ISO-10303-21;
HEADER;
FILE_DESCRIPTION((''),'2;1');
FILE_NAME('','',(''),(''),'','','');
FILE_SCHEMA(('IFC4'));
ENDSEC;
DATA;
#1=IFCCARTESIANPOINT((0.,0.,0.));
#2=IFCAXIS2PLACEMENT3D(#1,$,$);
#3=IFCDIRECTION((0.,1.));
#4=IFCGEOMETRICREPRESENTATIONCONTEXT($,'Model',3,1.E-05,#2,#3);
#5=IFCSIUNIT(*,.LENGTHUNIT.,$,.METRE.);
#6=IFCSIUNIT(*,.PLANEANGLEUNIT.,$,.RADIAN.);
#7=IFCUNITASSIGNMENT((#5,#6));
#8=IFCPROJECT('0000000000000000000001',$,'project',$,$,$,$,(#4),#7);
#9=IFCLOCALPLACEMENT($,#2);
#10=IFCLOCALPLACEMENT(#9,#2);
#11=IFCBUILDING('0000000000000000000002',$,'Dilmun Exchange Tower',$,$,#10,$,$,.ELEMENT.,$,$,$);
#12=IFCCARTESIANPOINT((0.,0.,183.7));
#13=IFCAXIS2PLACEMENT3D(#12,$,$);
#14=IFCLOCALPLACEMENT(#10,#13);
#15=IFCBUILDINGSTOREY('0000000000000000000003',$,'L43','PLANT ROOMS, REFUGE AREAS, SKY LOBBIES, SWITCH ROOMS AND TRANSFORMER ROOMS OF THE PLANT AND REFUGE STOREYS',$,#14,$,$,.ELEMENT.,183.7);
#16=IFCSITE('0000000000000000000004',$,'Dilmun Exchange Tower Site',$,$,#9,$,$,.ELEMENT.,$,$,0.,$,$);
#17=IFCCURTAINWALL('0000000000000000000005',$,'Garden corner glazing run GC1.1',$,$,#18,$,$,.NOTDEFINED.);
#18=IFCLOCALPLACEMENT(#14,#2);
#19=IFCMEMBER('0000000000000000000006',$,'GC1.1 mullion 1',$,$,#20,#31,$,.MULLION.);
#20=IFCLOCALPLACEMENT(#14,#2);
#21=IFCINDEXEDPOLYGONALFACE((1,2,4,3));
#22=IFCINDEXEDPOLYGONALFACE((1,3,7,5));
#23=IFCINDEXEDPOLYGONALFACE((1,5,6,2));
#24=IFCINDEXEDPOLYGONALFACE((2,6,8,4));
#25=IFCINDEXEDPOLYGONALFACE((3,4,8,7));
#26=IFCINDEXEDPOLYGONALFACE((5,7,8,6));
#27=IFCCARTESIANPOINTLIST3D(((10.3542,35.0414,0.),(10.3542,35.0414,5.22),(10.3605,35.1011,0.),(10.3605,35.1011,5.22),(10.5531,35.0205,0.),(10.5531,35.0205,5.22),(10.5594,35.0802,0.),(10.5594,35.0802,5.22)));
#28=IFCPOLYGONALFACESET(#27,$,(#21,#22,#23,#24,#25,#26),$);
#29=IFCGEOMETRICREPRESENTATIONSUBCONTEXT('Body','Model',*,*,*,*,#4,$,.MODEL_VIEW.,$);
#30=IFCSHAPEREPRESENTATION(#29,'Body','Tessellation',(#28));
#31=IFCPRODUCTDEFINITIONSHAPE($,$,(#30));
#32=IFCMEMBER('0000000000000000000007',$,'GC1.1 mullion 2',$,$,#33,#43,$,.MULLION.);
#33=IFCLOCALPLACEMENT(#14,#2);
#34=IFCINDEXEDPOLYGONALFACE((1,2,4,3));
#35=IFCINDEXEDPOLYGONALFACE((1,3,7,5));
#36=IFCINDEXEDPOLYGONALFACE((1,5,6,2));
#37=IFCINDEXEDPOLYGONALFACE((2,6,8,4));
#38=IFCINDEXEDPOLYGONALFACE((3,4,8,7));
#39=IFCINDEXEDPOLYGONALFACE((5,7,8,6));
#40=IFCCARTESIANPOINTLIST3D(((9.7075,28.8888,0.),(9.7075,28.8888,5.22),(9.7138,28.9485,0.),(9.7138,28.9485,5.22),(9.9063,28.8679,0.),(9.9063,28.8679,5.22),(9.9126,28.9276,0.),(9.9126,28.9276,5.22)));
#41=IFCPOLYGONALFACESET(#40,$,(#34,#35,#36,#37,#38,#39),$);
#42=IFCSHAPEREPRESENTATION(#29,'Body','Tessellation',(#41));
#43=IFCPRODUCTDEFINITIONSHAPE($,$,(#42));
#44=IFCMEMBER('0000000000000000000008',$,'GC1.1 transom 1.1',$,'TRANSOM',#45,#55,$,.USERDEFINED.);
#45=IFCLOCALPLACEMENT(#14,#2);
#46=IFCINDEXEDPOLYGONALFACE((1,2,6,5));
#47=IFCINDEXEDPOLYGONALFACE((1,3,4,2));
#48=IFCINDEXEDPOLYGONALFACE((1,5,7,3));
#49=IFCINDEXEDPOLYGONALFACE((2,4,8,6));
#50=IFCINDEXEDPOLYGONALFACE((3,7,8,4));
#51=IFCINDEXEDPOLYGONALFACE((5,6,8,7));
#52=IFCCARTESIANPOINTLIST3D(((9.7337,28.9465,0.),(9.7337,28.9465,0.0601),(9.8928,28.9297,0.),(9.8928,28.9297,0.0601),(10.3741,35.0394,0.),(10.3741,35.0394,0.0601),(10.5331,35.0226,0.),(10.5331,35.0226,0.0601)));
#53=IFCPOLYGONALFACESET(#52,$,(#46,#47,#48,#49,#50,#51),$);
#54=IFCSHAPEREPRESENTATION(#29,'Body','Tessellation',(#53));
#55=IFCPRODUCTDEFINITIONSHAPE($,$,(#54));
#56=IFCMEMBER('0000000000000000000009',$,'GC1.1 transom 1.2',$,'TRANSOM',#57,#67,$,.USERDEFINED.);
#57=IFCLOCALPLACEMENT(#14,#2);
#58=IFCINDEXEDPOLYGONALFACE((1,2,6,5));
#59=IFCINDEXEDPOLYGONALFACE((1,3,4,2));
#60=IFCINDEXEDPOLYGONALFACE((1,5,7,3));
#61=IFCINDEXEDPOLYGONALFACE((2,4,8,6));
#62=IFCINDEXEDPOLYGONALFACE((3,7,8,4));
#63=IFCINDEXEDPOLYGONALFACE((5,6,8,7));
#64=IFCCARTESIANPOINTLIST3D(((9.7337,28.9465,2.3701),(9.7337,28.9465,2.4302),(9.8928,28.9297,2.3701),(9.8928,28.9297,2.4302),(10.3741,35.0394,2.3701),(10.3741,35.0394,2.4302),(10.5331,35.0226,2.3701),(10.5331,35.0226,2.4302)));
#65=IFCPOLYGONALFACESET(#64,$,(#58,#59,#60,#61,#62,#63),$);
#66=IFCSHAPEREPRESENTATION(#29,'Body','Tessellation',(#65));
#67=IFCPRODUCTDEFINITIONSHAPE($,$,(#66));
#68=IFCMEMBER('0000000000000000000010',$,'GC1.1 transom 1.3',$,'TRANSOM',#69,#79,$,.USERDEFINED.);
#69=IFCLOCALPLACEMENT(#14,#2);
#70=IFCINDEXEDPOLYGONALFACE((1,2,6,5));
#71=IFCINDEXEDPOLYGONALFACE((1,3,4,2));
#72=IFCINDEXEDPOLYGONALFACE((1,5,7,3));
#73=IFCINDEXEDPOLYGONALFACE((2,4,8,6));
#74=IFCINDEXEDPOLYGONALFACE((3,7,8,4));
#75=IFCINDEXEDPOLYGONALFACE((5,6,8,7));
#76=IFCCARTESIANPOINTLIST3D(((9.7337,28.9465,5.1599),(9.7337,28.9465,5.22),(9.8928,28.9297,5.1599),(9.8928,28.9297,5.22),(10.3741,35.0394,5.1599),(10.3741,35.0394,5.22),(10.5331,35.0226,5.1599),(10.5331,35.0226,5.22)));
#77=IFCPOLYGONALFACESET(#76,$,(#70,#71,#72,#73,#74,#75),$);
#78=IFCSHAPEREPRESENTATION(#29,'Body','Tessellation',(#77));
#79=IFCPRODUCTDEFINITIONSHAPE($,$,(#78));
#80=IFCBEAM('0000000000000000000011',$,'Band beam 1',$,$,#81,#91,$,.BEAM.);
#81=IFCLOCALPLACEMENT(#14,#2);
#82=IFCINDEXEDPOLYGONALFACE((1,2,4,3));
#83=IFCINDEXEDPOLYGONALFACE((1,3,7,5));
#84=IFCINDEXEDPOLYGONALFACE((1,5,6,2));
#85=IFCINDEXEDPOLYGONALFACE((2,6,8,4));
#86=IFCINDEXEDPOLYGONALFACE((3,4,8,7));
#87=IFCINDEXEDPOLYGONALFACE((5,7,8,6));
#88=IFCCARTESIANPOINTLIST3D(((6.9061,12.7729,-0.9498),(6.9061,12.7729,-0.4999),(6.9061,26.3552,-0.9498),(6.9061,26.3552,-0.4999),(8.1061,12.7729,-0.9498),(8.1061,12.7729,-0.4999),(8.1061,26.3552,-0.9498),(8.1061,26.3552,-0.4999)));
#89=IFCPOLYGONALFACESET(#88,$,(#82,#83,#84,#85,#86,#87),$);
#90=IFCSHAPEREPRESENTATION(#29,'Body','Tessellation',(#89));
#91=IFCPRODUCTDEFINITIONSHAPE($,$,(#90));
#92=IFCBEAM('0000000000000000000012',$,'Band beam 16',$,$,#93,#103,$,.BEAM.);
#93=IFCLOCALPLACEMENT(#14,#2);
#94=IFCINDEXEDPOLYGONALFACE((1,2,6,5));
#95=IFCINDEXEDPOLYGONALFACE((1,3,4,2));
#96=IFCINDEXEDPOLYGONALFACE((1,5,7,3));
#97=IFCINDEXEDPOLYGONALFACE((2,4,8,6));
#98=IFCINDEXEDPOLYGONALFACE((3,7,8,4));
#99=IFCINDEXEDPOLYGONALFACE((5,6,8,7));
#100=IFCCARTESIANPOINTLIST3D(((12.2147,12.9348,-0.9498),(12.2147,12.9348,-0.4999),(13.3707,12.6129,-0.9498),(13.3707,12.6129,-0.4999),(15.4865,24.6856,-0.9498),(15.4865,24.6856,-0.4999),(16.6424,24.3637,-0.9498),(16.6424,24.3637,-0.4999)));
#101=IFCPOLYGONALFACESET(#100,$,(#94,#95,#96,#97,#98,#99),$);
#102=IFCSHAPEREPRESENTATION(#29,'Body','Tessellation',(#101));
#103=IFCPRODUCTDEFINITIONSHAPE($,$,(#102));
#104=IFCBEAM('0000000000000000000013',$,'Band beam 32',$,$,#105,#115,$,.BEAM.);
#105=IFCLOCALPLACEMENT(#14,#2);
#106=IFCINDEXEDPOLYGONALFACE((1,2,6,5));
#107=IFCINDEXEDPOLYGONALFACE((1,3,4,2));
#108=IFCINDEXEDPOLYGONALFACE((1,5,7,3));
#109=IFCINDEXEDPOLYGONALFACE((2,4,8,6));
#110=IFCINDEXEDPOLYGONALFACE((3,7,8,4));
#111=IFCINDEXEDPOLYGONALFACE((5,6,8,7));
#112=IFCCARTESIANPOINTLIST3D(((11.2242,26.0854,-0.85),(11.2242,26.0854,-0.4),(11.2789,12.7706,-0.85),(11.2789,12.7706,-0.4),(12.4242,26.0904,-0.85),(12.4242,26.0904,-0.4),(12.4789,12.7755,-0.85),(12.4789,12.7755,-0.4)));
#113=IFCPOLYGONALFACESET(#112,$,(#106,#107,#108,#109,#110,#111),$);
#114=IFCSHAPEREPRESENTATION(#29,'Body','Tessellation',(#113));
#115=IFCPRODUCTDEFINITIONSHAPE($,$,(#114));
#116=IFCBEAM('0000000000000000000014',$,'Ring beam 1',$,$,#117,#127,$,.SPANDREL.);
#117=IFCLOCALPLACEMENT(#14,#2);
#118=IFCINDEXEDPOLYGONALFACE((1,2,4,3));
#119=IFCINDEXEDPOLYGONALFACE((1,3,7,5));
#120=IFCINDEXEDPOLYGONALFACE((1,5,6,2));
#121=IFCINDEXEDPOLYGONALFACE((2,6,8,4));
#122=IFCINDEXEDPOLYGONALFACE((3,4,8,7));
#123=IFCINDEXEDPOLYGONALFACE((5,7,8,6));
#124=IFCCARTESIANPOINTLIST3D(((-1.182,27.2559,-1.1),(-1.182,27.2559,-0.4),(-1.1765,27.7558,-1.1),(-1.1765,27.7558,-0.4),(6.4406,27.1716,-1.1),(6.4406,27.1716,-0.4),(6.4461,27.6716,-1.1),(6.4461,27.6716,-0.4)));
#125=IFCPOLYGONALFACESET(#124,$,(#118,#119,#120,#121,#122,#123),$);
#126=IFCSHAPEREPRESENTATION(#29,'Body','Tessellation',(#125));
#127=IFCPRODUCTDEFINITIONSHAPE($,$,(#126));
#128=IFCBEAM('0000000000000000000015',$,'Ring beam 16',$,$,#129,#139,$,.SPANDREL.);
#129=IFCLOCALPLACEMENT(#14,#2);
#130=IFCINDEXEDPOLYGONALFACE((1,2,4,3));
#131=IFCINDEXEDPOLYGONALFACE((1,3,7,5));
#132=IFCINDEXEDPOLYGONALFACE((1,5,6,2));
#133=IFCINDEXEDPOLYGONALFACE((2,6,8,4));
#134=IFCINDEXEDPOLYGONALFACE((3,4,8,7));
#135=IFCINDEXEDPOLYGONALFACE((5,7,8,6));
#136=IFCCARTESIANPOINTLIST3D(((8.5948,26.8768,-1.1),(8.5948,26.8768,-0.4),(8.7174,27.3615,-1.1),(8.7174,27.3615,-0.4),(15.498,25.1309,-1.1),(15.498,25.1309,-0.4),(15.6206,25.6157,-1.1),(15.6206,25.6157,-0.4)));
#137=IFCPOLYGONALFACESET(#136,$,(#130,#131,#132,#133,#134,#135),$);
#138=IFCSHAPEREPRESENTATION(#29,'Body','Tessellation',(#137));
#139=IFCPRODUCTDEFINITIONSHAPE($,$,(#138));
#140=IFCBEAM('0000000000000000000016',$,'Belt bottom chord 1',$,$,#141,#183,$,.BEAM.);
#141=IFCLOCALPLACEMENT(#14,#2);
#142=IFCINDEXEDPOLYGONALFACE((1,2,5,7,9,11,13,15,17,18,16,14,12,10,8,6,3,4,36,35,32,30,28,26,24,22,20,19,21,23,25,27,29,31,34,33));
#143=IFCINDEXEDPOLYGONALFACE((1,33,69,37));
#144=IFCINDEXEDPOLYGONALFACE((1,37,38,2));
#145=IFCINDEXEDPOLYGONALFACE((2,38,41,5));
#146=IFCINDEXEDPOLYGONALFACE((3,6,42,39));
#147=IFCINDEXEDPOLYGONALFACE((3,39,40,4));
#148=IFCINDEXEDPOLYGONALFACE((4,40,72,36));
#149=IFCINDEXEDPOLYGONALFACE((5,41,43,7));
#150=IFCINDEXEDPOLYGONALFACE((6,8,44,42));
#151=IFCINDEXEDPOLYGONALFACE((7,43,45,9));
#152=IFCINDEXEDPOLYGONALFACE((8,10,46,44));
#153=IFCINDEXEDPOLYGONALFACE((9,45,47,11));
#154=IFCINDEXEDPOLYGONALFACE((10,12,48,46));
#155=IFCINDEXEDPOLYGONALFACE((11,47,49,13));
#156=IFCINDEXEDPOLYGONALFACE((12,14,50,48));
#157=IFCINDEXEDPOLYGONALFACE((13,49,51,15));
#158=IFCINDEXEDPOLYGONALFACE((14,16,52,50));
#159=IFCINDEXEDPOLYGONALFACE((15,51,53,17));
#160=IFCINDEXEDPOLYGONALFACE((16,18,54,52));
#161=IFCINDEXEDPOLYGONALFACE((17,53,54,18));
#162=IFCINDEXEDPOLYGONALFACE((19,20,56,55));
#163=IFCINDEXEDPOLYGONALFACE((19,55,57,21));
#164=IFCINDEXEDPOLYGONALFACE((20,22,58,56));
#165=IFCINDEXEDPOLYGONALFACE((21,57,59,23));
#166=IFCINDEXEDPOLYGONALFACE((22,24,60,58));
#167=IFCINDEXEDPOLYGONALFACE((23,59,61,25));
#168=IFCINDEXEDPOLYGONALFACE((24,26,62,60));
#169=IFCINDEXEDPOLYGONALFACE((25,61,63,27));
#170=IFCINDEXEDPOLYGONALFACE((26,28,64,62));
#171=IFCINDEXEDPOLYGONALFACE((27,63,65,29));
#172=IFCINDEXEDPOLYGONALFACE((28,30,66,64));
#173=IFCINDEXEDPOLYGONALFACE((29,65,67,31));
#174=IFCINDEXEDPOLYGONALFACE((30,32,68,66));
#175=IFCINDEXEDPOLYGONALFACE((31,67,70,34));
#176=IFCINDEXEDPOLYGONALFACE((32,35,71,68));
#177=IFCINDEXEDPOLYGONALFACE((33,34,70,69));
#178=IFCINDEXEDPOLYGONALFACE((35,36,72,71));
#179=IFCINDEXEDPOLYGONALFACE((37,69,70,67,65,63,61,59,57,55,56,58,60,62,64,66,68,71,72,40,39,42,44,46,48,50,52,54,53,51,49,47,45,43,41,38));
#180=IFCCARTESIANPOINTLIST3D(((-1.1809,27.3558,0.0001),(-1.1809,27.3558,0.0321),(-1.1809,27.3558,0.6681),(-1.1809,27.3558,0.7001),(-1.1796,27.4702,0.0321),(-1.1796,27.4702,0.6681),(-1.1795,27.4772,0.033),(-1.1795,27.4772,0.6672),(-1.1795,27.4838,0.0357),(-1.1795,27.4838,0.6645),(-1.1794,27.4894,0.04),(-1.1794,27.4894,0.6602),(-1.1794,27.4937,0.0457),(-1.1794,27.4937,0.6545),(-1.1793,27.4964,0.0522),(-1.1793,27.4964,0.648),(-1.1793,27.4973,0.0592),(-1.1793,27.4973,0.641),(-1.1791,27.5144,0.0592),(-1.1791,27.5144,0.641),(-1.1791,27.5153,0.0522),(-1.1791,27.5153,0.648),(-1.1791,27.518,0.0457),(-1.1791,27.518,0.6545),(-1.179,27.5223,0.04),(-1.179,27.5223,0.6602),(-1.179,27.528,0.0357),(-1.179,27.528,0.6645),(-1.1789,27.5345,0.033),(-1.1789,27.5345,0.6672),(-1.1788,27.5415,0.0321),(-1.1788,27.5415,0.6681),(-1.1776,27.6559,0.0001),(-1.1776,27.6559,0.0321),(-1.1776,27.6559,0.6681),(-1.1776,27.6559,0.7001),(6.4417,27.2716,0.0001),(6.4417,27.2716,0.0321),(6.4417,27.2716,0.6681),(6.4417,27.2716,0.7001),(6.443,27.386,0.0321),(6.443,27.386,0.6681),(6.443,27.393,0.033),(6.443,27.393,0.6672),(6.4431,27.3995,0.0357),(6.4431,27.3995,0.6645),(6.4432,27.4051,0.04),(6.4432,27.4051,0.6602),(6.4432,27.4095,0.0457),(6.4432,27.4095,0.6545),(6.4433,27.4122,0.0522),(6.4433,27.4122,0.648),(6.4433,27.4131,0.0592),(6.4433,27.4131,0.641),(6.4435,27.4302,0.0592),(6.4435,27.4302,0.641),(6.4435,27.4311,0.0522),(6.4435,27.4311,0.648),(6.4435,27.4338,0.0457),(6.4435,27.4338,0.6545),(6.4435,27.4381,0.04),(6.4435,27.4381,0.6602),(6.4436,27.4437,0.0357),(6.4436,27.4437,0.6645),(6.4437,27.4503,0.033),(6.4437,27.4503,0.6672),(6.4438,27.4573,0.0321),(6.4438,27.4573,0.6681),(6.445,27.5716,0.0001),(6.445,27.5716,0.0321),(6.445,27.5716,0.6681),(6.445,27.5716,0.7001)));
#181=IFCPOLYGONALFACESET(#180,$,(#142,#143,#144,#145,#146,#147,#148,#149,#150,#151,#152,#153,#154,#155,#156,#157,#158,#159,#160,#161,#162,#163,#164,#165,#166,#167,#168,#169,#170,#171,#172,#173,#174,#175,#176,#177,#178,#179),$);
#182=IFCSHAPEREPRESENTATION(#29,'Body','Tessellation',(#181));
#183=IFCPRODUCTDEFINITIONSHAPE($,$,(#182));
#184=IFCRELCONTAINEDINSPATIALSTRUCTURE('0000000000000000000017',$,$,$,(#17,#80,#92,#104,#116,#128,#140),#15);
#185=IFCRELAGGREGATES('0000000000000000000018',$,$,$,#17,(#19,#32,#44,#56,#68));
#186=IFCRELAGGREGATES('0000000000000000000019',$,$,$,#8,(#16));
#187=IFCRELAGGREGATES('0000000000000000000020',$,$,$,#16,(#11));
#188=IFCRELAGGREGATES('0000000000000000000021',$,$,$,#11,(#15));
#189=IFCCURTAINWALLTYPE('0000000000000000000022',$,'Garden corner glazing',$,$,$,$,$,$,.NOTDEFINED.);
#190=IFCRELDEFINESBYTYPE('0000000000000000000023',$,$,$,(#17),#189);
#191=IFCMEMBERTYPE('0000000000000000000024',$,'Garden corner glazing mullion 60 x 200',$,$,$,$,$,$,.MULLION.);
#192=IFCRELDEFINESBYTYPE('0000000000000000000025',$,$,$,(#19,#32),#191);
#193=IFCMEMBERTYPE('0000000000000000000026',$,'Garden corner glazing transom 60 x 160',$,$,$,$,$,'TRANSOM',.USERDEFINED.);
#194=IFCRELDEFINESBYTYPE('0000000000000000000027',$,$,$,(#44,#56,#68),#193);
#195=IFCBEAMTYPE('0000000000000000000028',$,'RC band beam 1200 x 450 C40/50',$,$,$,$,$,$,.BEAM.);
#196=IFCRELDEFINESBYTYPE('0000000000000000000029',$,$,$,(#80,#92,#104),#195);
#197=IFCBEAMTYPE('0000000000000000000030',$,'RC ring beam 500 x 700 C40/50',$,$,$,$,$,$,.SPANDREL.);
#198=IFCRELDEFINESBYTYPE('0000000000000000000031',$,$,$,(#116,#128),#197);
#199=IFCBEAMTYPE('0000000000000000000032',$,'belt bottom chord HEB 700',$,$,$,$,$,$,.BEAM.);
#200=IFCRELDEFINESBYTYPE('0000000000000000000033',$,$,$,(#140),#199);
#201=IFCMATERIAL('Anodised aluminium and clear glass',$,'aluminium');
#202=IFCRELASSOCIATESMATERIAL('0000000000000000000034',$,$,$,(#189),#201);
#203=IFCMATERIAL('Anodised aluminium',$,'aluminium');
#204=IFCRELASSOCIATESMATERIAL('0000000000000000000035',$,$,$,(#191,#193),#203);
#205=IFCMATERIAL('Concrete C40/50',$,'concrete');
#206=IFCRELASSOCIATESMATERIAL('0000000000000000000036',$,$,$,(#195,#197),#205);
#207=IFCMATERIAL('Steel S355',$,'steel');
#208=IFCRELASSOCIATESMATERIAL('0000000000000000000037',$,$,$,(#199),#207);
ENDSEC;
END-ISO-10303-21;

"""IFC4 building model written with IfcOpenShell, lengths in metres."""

from ifc_helpers import new_model, si_unit, direction, frame, origin, origin_2d, place, context, subcontext, project, spatial, rectangle, i_section, extrude, material, material_profile, profile_set, type_object, element, aggregate, save


model = new_model("IFC4")

# Units and contexts
model_context = context("Model", 3, precision=1e-05, world=origin(), true_north=direction((0.0, 1.0)))
body_context = subcontext(model_context, "Body", "Model", "MODEL_VIEW")
ifc_project = project(units=[si_unit("LENGTHUNIT", "METRE"), si_unit("PLANEANGLEUNIT", "RADIAN")], contexts=[model_context])

# Site, building, storey
site_placement = place(None, origin())
site = spatial("IfcSite", under=ifc_project, at=site_placement, Name="Dilmun Exchange Tower Site", CompositionType="ELEMENT", RefElevation=0.0)
building_placement = place(site_placement, origin())
building = spatial("IfcBuilding", under=site, at=building_placement, Name="Dilmun Exchange Tower", CompositionType="ELEMENT")
storey_placement = place(building_placement, frame((0.0, 0.0, 183.7)))
storey = spatial("IfcBuildingStorey", under=building, at=storey_placement, Name="L43", Description="PLANT ROOMS, REFUGE AREAS, SKY LOBBIES, SWITCH ROOMS AND TRANSFORMER ROOMS OF THE PLANT AND REFUGE STOREYS", CompositionType="ELEMENT", Elevation=183.7)

# Curtain wall, members
ifc_material_1 = material(Name="Anodised aluminium and clear glass", Category="aluminium")
curtain_wall_type = type_object("IfcCurtainWallType", Name="Garden corner glazing", PredefinedType="NOTDEFINED", material=ifc_material_1)
curtain_wall_placement = place(storey_placement, origin())
curtain_wall = element("IfcCurtainWall", 1, at=curtain_wall_placement, inside=storey, type_object=curtain_wall_type, Name="Garden corner glazing run GC1.1", PredefinedType="NOTDEFINED")
ifc_material_2 = material(Name="Anodised aluminium", Category="aluminium")
ifc_material_profile_1 = material_profile(ifc_material_2, rectangle(XDim=0.2, YDim=0.0601, at=origin_2d()), Name="AL 60x200")
ifc_profile_set_1 = profile_set([ifc_material_profile_1], Name="Anodised aluminium")
member_type_1 = type_object("IfcMemberType", Name="Garden corner glazing mullion 60 x 200", PredefinedType="MULLION", material=ifc_profile_set_1)
member_1_placement = place(storey_placement, frame((10.4568, 35.0608, 0.0), z_axis=(0.0, 0.0, 1.0), x_axis=(0.994522, -0.104524, 0.0)))
member_1 = element("IfcMember", 2, at=member_1_placement, type_object=member_type_1, Name="GC1.1 mullion 1", PredefinedType="MULLION", context=body_context, shape_type="SweptSolid", body=[
    extrude(rectangle(XDim=0.2, YDim=0.0601, at=origin_2d()), origin(), (0.0, 0.0, 1.0), 5.22),
])
member_2_placement = place(storey_placement, frame((9.8101, 28.9082, 0.0), z_axis=(0.0, 0.0, 1.0), x_axis=(0.994522, -0.104524, 0.0)))
member_2 = element("IfcMember", 3, at=member_2_placement, type_object=member_type_1, Name="GC1.1 mullion 2", PredefinedType="MULLION", context=body_context, shape_type="SweptSolid", body=[
    extrude(rectangle(XDim=0.2, YDim=0.0601, at=origin_2d()), origin(), (0.0, 0.0, 1.0), 5.22),
])
ifc_material_profile_2 = material_profile(ifc_material_2, rectangle(XDim=0.1599, YDim=0.0601, at=origin_2d()), Name="AL 60x160")
ifc_profile_set_2 = profile_set([ifc_material_profile_2], Name="Anodised aluminium")
member_type_2 = type_object("IfcMemberType", Name="Garden corner glazing transom 60 x 160", ElementType="TRANSOM", PredefinedType="USERDEFINED", material=ifc_profile_set_2)
member_3_placement = place(storey_placement, frame((10.4536, 35.031, 0.03), z_axis=(-0.104525, -0.994522, 0.0), x_axis=(0.994522, -0.104525, 0.0)))
member_3 = element("IfcMember", 4, at=member_3_placement, type_object=member_type_2, Name="GC1.1 transom 1.1", ObjectType="TRANSOM", PredefinedType="USERDEFINED", context=body_context, shape_type="SweptSolid", body=[
    extrude(rectangle(XDim=0.1599, YDim=0.0601, at=origin_2d()), origin(), (0.0, 0.0, 1.0), 6.1265),
])
member_4_placement = place(storey_placement, frame((10.4536, 35.031, 2.4001), z_axis=(-0.104525, -0.994522, 0.0), x_axis=(0.994522, -0.104525, 0.0)))
member_4 = element("IfcMember", 5, at=member_4_placement, type_object=member_type_2, Name="GC1.1 transom 1.2", ObjectType="TRANSOM", PredefinedType="USERDEFINED", context=body_context, shape_type="SweptSolid", body=[
    extrude(rectangle(XDim=0.1599, YDim=0.0601, at=origin_2d()), origin(), (0.0, 0.0, 1.0), 6.1265),
])
member_5_placement = place(storey_placement, frame((10.4536, 35.031, 5.1899), z_axis=(-0.104525, -0.994522, 0.0), x_axis=(0.994522, -0.104525, 0.0)))
member_5 = element("IfcMember", 6, at=member_5_placement, type_object=member_type_2, Name="GC1.1 transom 1.3", ObjectType="TRANSOM", PredefinedType="USERDEFINED", context=body_context, shape_type="SweptSolid", body=[
    extrude(rectangle(XDim=0.1599, YDim=0.0601, at=origin_2d()), origin(), (0.0, 0.0, 1.0), 6.1265),
])

# Beams
ifc_material_3 = material(Name="Concrete C40/50", Category="concrete")
ifc_material_profile_3 = material_profile(ifc_material_3, rectangle(XDim=1.2, YDim=0.45, at=origin_2d()), Name="1200 x 450")
ifc_profile_set_3 = profile_set([ifc_material_profile_3], Name="Concrete C40/50")
beam_type_1 = type_object("IfcBeamType", Name="RC band beam 1200 x 450 C40/50", PredefinedType="BEAM", material=ifc_profile_set_3)
beam_1_placement = place(storey_placement, frame((7.5061, 26.3552, -0.7249), z_axis=(0.0, -1.0, 0.0), x_axis=(1.0, 0.0, 0.0)))
element("IfcBeam", 7, at=beam_1_placement, inside=storey, type_object=beam_type_1, Name="Band beam 1", PredefinedType="BEAM", context=body_context, shape_type="SweptSolid", body=[
    extrude(rectangle(XDim=1.2, YDim=0.45, at=origin_2d()), origin(), (0.0, 0.0, 1.0), 13.5823),
])
beam_2_placement = place(storey_placement, frame((16.0645, 24.5247, -0.7249), z_axis=(-0.268225, -0.963356, 0.0), x_axis=(0.963356, -0.268225, 0.0)))
element("IfcBeam", 8, at=beam_2_placement, inside=storey, type_object=beam_type_1, Name="Band beam 16", PredefinedType="BEAM", context=body_context, shape_type="SweptSolid", body=[
    extrude(rectangle(XDim=1.2, YDim=0.45, at=origin_2d()), origin(), (0.0, 0.0, 1.0), 12.1978),
])
beam_3_placement = place(storey_placement, frame((11.8242, 26.0879, -0.625), z_axis=(0.004107, -0.999992, 0.0), x_axis=(0.999992, 0.004107, 0.0)))
element("IfcBeam", 9, at=beam_3_placement, inside=storey, type_object=beam_type_1, Name="Band beam 32", PredefinedType="BEAM", context=body_context, shape_type="SweptSolid", body=[
    extrude(rectangle(XDim=1.2, YDim=0.45, at=origin_2d()), origin(), (0.0, 0.0, 1.0), 13.3149),
])
ifc_material_profile_4 = material_profile(ifc_material_3, rectangle(XDim=0.5, YDim=0.7, at=origin_2d()), Name="500 x 700")
ifc_profile_set_4 = profile_set([ifc_material_profile_4], Name="Concrete C40/50")
beam_type_2 = type_object("IfcBeamType", Name="RC ring beam 500 x 700 C40/50", PredefinedType="SPANDREL", material=ifc_profile_set_4)
beam_4_placement = place(storey_placement, frame((6.4434, 27.4216, -0.75), z_axis=(-0.999939, 0.011049, 0.0), x_axis=(-0.011049, -0.999939, 0.0)))
element("IfcBeam", 10, at=beam_4_placement, inside=storey, type_object=beam_type_2, Name="Ring beam 1", PredefinedType="SPANDREL", context=body_context, shape_type="SweptSolid", body=[
    extrude(rectangle(XDim=0.5, YDim=0.7, at=origin_2d()), origin(), (0.0, 0.0, 1.0), 7.623),
])
beam_5_placement = place(storey_placement, frame((15.5593, 25.3733, -0.75), z_axis=(-0.969477, 0.245181, 0.0), x_axis=(-0.245181, -0.969477, 0.0)))
element("IfcBeam", 11, at=beam_5_placement, inside=storey, type_object=beam_type_2, Name="Ring beam 16", PredefinedType="SPANDREL", context=body_context, shape_type="SweptSolid", body=[
    extrude(rectangle(XDim=0.5, YDim=0.7, at=origin_2d()), origin(), (0.0, 0.0, 1.0), 7.1206),
])
ifc_material_4 = material(Name="Steel S355", Category="steel")
ifc_material_profile_5 = material_profile(ifc_material_4, i_section(OverallWidth=0.3, OverallDepth=0.7, WebThickness=0.0171, FlangeThickness=0.032, FilletRadius=0.0271, at=origin_2d()), Name="HEB 700")
ifc_profile_set_5 = profile_set([ifc_material_profile_5], Name="Steel S355")
beam_type_3 = type_object("IfcBeamType", Name="belt bottom chord HEB 700", PredefinedType="BEAM", material=ifc_profile_set_5)
beam_6_placement = place(storey_placement, frame((6.4434, 27.4216, 0.3501), z_axis=(-0.999939, 0.011049, 0.0), x_axis=(-0.011049, -0.999939, 0.0)))
element("IfcBeam", 12, at=beam_6_placement, inside=storey, type_object=beam_type_3, Name="Belt bottom chord 1", PredefinedType="BEAM", context=body_context, shape_type="SweptSolid", body=[
    extrude(i_section(OverallWidth=0.3, OverallDepth=0.7, WebThickness=0.0171, FlangeThickness=0.032, FilletRadius=0.0271, at=origin_2d()), origin(), (0.0, 0.0, 1.0), 7.623),
])

aggregate(curtain_wall, [member_1, member_2, member_3, member_4, member_5])

save(model, "model.ifc")
